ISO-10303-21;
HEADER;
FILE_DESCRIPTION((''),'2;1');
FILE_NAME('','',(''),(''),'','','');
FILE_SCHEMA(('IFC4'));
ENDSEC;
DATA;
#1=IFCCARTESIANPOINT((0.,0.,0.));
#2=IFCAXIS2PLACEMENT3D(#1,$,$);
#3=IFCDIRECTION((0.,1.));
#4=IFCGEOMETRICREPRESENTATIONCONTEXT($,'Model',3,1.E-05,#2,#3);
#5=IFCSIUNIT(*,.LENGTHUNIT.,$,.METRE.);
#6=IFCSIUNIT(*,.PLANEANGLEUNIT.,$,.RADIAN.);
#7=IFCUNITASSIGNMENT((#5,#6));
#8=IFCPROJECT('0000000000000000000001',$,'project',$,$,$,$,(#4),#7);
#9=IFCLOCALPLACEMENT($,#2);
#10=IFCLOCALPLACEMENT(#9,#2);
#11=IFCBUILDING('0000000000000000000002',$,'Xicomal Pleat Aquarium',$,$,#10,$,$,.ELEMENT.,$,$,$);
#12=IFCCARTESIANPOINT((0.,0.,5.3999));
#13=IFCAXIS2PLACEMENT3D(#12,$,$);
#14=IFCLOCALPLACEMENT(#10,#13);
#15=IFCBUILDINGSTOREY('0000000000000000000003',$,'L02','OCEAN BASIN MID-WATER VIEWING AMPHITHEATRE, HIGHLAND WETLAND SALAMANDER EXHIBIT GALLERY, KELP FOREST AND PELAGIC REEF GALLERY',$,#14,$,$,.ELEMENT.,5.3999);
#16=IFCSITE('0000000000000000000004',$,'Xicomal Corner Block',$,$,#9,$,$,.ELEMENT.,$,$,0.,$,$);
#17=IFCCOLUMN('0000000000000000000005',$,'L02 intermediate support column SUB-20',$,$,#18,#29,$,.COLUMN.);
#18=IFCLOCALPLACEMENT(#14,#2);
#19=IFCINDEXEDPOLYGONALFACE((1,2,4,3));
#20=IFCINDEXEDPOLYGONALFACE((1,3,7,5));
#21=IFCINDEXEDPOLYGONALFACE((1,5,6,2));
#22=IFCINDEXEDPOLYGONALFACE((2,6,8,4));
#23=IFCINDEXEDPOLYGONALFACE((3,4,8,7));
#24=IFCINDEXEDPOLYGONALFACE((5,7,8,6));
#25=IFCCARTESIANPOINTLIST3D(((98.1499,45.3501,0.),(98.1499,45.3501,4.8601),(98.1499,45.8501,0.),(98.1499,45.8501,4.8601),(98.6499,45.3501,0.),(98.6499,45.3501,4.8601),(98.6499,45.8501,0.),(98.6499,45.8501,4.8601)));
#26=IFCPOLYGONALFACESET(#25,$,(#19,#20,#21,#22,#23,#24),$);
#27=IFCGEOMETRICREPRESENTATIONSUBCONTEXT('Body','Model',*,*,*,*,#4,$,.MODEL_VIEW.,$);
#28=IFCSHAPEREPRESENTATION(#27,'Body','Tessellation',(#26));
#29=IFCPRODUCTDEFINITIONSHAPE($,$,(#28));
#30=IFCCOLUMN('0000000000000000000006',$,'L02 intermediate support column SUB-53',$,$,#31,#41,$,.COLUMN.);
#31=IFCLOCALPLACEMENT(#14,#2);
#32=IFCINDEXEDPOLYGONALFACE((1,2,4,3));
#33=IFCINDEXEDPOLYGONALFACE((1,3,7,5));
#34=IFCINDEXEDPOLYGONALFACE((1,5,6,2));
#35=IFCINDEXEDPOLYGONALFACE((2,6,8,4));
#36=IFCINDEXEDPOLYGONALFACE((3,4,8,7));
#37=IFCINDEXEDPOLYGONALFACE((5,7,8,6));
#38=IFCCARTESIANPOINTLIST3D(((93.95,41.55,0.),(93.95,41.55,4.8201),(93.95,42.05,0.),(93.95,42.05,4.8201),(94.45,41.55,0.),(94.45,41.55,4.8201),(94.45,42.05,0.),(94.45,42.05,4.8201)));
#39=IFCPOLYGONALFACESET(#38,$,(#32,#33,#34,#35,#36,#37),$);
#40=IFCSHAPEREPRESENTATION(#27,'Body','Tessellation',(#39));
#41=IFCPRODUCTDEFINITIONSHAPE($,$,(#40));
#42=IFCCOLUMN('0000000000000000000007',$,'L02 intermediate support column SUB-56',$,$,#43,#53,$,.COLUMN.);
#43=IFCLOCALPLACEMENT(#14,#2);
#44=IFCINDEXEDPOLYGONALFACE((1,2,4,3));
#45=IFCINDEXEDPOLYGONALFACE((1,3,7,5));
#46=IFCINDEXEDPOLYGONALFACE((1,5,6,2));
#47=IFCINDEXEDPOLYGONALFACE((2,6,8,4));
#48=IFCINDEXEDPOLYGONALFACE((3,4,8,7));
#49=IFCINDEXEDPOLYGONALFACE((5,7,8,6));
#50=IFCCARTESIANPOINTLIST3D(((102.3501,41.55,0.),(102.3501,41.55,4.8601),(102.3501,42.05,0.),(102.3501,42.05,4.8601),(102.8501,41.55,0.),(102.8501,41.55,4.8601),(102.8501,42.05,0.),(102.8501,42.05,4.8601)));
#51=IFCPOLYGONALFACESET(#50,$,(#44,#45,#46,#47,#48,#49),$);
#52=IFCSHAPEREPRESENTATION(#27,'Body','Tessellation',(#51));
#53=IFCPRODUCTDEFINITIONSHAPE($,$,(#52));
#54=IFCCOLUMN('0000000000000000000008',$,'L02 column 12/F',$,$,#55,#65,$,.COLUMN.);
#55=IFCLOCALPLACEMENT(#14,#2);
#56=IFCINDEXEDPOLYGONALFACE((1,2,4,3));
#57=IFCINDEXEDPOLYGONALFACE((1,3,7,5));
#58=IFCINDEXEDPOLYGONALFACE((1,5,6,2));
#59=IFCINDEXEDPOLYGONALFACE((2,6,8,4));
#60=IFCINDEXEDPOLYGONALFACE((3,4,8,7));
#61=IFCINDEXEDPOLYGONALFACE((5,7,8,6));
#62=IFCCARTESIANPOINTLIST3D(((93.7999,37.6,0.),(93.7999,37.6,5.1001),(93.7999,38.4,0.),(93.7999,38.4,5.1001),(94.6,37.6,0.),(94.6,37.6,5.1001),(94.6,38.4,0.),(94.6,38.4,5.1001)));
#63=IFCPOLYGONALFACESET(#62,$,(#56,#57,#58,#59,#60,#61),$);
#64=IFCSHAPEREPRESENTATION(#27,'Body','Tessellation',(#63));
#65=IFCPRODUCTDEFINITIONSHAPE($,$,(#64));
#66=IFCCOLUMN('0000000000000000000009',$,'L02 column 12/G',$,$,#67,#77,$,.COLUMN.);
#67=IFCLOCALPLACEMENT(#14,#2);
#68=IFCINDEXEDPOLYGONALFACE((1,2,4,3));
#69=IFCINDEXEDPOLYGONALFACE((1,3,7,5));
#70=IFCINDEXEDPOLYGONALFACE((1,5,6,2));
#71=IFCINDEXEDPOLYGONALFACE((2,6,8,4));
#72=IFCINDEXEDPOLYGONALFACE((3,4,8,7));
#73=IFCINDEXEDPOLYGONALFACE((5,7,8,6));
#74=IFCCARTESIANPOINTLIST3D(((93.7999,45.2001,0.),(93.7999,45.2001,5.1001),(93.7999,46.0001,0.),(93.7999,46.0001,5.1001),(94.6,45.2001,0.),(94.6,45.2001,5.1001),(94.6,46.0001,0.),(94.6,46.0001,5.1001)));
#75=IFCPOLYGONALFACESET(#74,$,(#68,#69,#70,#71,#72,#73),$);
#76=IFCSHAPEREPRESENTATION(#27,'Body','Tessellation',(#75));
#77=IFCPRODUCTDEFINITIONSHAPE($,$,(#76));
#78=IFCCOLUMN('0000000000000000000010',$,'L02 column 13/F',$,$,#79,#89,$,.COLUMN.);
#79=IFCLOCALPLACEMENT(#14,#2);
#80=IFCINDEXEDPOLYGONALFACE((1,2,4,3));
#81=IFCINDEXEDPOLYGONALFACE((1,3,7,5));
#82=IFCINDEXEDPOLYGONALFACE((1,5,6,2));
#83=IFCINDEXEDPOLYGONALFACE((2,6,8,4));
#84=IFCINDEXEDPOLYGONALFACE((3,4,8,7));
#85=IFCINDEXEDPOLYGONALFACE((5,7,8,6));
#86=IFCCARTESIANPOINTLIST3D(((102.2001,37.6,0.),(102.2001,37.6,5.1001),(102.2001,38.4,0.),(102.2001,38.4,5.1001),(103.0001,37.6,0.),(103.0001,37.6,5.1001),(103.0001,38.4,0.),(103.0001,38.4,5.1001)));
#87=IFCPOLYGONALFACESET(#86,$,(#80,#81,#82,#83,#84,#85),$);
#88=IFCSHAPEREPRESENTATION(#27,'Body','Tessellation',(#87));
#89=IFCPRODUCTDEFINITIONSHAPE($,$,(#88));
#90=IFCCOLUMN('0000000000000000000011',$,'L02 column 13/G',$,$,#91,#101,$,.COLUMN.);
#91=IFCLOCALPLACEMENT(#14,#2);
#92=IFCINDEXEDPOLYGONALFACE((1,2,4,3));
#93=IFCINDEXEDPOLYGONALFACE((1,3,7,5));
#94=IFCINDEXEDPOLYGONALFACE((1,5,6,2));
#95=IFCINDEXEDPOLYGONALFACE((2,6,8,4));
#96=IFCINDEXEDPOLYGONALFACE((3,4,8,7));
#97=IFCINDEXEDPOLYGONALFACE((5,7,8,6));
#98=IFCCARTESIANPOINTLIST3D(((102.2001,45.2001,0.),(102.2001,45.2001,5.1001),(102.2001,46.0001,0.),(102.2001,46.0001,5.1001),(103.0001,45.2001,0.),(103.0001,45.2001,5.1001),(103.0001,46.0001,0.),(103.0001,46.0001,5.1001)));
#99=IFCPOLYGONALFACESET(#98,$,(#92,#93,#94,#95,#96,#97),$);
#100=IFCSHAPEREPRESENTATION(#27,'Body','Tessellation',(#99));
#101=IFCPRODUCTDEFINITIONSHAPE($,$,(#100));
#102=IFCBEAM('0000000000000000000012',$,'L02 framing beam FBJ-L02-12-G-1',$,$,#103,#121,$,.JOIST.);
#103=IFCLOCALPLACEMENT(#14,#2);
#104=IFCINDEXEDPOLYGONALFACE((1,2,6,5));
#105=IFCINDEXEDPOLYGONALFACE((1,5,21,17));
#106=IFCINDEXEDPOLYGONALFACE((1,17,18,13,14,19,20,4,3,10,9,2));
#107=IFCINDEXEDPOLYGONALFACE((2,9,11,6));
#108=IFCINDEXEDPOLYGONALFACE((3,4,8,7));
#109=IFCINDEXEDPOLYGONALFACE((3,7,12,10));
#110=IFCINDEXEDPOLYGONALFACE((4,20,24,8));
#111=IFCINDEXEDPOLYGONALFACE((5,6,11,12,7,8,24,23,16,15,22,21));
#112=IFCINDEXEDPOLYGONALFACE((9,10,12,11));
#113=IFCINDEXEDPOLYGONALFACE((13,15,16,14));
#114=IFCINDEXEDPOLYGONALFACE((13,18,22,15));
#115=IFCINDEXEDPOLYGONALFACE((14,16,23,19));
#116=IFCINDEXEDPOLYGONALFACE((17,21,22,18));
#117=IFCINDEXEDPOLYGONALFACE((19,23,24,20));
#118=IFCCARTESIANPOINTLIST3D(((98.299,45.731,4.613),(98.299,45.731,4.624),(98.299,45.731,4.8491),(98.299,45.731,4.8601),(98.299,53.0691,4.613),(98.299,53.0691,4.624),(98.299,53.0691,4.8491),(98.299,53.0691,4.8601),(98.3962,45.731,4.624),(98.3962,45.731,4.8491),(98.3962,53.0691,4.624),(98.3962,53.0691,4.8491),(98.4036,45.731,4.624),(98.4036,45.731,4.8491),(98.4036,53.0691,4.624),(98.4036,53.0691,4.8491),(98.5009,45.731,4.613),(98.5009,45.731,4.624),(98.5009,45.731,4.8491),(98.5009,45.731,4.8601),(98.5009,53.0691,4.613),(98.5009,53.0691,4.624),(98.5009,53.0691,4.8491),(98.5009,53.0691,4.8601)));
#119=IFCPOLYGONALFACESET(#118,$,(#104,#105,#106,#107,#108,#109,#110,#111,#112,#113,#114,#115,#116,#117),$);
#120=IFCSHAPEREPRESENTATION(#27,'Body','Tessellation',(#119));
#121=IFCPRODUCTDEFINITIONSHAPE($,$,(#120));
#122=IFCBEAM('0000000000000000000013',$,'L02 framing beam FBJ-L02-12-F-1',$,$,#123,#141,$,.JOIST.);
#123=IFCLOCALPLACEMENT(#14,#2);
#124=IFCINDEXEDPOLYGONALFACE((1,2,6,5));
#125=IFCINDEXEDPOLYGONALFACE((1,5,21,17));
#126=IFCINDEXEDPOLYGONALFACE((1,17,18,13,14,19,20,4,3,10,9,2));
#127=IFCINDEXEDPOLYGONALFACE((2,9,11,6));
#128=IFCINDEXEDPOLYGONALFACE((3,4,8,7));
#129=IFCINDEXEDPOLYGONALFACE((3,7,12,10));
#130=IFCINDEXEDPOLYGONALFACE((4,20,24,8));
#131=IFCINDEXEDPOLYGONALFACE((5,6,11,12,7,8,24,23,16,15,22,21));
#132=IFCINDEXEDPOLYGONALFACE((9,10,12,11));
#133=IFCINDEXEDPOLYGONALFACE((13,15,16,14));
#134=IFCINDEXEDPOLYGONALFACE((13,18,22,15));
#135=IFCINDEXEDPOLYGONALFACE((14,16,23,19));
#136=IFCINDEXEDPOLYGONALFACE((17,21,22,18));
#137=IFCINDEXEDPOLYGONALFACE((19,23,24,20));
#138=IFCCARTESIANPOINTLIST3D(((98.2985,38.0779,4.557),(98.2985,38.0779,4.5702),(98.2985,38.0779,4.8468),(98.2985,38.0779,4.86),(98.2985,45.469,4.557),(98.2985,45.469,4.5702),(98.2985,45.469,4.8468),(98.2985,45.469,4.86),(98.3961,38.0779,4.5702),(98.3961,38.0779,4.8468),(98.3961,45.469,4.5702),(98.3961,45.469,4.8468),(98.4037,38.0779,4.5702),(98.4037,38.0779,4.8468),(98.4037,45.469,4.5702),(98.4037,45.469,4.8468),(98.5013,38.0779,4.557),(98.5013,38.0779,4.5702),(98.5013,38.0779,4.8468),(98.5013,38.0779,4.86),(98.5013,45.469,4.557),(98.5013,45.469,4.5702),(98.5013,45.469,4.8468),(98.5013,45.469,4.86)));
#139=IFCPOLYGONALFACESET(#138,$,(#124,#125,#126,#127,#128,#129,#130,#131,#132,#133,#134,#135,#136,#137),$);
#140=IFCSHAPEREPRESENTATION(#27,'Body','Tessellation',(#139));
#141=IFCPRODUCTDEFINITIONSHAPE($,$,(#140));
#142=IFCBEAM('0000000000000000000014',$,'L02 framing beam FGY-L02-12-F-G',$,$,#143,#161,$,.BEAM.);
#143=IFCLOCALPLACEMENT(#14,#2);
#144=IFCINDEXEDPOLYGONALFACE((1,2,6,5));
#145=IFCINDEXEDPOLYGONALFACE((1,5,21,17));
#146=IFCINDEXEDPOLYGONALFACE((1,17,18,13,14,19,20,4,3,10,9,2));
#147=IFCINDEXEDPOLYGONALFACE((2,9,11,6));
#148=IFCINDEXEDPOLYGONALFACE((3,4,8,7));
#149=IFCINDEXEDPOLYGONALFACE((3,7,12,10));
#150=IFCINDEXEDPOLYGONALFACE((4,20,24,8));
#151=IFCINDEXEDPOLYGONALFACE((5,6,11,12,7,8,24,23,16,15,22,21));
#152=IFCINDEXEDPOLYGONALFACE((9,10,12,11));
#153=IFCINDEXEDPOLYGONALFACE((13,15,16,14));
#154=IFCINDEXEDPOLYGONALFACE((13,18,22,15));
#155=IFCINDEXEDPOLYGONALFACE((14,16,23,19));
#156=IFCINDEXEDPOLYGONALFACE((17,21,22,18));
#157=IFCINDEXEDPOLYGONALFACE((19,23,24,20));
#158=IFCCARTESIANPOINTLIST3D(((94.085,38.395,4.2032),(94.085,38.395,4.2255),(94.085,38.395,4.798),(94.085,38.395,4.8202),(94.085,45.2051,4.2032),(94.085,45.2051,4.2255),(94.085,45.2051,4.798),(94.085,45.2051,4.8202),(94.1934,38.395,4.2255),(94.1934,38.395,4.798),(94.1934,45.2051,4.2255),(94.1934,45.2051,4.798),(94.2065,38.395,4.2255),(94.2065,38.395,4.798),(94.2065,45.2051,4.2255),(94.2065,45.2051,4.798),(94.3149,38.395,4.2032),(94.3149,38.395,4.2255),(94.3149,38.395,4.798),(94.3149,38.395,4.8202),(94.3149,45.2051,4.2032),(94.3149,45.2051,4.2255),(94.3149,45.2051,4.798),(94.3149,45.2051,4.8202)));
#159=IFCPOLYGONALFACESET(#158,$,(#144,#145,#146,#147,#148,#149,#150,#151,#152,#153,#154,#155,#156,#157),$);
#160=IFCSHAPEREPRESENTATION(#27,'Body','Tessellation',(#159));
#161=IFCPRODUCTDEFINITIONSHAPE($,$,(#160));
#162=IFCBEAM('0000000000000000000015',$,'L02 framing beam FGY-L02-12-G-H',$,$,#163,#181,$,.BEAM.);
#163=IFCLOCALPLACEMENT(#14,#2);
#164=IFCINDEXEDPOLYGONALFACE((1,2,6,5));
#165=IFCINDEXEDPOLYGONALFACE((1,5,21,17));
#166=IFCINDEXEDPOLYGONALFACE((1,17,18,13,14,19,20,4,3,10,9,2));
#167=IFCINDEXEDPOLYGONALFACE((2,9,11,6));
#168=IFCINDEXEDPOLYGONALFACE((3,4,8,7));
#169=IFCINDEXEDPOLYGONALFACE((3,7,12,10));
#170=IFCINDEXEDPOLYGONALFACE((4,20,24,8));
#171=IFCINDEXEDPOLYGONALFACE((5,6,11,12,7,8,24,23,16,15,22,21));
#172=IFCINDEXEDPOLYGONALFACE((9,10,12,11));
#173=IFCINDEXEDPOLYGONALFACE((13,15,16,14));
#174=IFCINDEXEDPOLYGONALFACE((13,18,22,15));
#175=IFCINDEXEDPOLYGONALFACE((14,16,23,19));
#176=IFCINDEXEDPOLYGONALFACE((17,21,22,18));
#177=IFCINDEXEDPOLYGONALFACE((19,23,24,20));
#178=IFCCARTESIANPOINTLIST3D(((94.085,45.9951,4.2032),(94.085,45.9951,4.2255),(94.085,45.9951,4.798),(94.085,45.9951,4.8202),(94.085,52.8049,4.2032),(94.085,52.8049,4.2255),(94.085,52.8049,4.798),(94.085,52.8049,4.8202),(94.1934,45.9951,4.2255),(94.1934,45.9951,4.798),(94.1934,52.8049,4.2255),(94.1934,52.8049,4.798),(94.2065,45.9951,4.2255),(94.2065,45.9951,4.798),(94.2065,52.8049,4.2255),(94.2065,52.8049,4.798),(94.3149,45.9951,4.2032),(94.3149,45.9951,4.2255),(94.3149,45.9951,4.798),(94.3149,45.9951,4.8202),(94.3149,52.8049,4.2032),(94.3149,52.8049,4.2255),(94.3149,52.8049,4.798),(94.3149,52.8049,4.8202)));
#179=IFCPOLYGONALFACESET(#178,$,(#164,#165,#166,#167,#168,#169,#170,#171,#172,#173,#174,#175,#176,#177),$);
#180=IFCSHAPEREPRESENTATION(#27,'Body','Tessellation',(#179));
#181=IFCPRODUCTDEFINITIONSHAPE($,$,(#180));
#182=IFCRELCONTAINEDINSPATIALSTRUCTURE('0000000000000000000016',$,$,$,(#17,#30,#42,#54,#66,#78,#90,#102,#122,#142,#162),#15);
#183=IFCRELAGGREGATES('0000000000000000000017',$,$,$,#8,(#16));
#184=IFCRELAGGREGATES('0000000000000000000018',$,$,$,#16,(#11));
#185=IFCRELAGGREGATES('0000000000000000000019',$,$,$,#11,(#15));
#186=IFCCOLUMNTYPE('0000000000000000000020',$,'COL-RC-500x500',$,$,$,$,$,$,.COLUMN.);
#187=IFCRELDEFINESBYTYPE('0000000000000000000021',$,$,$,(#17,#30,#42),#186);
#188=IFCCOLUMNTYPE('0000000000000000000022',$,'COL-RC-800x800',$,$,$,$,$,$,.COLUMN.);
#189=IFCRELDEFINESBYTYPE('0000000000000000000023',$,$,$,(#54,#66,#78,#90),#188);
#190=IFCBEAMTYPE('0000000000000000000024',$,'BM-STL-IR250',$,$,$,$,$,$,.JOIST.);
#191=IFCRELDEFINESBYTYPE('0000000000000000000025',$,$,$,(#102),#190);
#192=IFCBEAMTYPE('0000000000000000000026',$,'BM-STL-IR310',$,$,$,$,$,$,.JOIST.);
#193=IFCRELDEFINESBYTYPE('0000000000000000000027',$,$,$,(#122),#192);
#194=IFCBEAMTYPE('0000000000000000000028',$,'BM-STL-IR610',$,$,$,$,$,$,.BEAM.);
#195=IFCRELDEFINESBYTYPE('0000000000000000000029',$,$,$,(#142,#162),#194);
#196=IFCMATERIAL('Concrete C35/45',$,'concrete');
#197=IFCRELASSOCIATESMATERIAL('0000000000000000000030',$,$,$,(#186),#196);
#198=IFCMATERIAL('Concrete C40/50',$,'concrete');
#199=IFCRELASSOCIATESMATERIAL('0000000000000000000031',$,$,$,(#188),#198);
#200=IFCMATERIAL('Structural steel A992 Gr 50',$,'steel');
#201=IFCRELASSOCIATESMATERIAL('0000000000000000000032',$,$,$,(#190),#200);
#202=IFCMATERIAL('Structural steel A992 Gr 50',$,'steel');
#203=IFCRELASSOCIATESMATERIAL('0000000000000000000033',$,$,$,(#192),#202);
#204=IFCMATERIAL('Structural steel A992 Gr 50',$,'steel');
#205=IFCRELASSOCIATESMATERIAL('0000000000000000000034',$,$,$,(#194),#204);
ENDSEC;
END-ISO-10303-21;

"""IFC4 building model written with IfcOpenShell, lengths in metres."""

from ifc_helpers import new_model, si_unit, direction, frame, origin, origin_2d, place, context, subcontext, project, spatial, rectangle, i_section, extrude, material, material_profile, profile_set, type_object, element, save


model = new_model("IFC4")

# Units and contexts
model_context = context("Model", 3, precision=1e-05, world=origin(), true_north=direction((0.0, 1.0)))
body_context = subcontext(model_context, "Body", "Model", "MODEL_VIEW")
ifc_project = project(units=[si_unit("LENGTHUNIT", "METRE"), si_unit("PLANEANGLEUNIT", "RADIAN")], contexts=[model_context])

# Site, building, storey
site_placement = place(None, origin())
site = spatial("IfcSite", under=ifc_project, at=site_placement, Name="Xicomal Corner Block", CompositionType="ELEMENT", RefElevation=0.0)
building_placement = place(site_placement, origin())
building = spatial("IfcBuilding", under=site, at=building_placement, Name="Xicomal Pleat Aquarium", CompositionType="ELEMENT")
storey_placement = place(building_placement, frame((0.0, 0.0, 5.3999)))
storey = spatial("IfcBuildingStorey", under=building, at=storey_placement, Name="L02", Description="OCEAN BASIN MID-WATER VIEWING AMPHITHEATRE, HIGHLAND WETLAND SALAMANDER EXHIBIT GALLERY, KELP FOREST AND PELAGIC REEF GALLERY", CompositionType="ELEMENT", Elevation=5.3999)

# Columns
ifc_material_1 = material(Name="Concrete C35/45", Category="concrete")
ifc_material_profile_1 = material_profile(ifc_material_1, rectangle(XDim=0.5, YDim=0.5, at=origin_2d()), Name="RC 500x500")
ifc_profile_set_1 = profile_set([ifc_material_profile_1], Name="Concrete C35/45")
column_type_1 = type_object("IfcColumnType", Name="COL-RC-500x500", PredefinedType="COLUMN", material=ifc_profile_set_1)
column_1_placement = place(storey_placement, frame((98.3999, 45.6001, 0.0), z_axis=(0.0, 0.0, 1.0), x_axis=(1.0, 0.0, 0.0)))
element("IfcColumn", 1, at=column_1_placement, inside=storey, type_object=column_type_1, Name="L02 intermediate support column SUB-20", PredefinedType="COLUMN", context=body_context, shape_type="SweptSolid", body=[
    extrude(rectangle(XDim=0.5, YDim=0.5, at=origin_2d()), origin(), (0.0, 0.0, 1.0), 4.8601),
])
column_2_placement = place(storey_placement, frame((94.2, 41.8, 0.0), z_axis=(0.0, 0.0, 1.0), x_axis=(1.0, 0.0, 0.0)))
element("IfcColumn", 2, at=column_2_placement, inside=storey, type_object=column_type_1, Name="L02 intermediate support column SUB-53", PredefinedType="COLUMN", context=body_context, shape_type="SweptSolid", body=[
    extrude(rectangle(XDim=0.5, YDim=0.5, at=origin_2d()), origin(), (0.0, 0.0, 1.0), 4.8201),
])
column_3_placement = place(storey_placement, frame((102.6001, 41.8, 0.0), z_axis=(0.0, 0.0, 1.0), x_axis=(1.0, 0.0, 0.0)))
element("IfcColumn", 3, at=column_3_placement, inside=storey, type_object=column_type_1, Name="L02 intermediate support column SUB-56", PredefinedType="COLUMN", context=body_context, shape_type="SweptSolid", body=[
    extrude(rectangle(XDim=0.5, YDim=0.5, at=origin_2d()), origin(), (0.0, 0.0, 1.0), 4.8601),
])
ifc_material_2 = material(Name="Concrete C40/50", Category="concrete")
ifc_material_profile_2 = material_profile(ifc_material_2, rectangle(XDim=0.8, YDim=0.8, at=origin_2d()), Name="RC 800x800")
ifc_profile_set_2 = profile_set([ifc_material_profile_2], Name="Concrete C40/50")
column_type_2 = type_object("IfcColumnType", Name="COL-RC-800x800", PredefinedType="COLUMN", material=ifc_profile_set_2)
for number, where, z_axis, x_axis, name in (
    (4, (94.2, 38.0, 0.0), (0.0, 0.0, 1.0), (1.0, 0.0, 0.0), "L02 column 12/F"),
    (5, (94.2, 45.6001, 0.0), (0.0, 0.0, 1.0), (1.0, 0.0, 0.0), "L02 column 12/G"),
    (6, (102.6001, 38.0, 0.0), (0.0, 0.0, 1.0), (1.0, 0.0, 0.0), "L02 column 13/F"),
    (7, (102.6001, 45.6001, 0.0), (0.0, 0.0, 1.0), (1.0, 0.0, 0.0), "L02 column 13/G"),
):
    element("IfcColumn", number, at=place(storey_placement, frame(where, z_axis=z_axis, x_axis=x_axis)), inside=storey, type_object=column_type_2, Name=name, PredefinedType="COLUMN", context=body_context, shape_type="SweptSolid", body=[
        extrude(rectangle(XDim=0.8, YDim=0.8, at=origin_2d()), origin(), (0.0, 0.0, 1.0), 5.1001),
    ])

# Beams
ifc_material_3 = material(Name="Structural steel A992 Gr 50", Category="steel")
ifc_material_profile_3 = material_profile(ifc_material_3, i_section(OverallWidth=0.2019, OverallDepth=0.2471, WebThickness=0.0073, FlangeThickness=0.011, at=origin_2d()), Name="IR 250x49")
ifc_profile_set_3 = profile_set([ifc_material_profile_3], Name="Structural steel A992 Gr 50")
beam_type_1 = type_object("IfcBeamType", Name="BM-STL-IR250", PredefinedType="JOIST", material=ifc_profile_set_3)
beam_1_placement = place(storey_placement, frame((98.3999, 45.731, 4.7366), z_axis=(0.0, 1.0, 0.0), x_axis=(-1.0, 0.0, 0.0)))
element("IfcBeam", 8, at=beam_1_placement, inside=storey, type_object=beam_type_1, Name="L02 framing beam FBJ-L02-12-G-1", PredefinedType="JOIST", context=body_context, shape_type="SweptSolid", body=[
    extrude(i_section(OverallWidth=0.2019, OverallDepth=0.2471, WebThickness=0.0073, FlangeThickness=0.011, at=origin_2d()), origin(), (0.0, 0.0, 1.0), 7.3381),
])
ifc_material_4 = material(Name="Structural steel A992 Gr 50", Category="steel")
ifc_material_profile_4 = material_profile(ifc_material_4, i_section(OverallWidth=0.2029, OverallDepth=0.303, WebThickness=0.0076, FlangeThickness=0.0132, at=origin_2d()), Name="IR 310x60")
ifc_profile_set_4 = profile_set([ifc_material_profile_4], Name="Structural steel A992 Gr 50")
beam_type_2 = type_object("IfcBeamType", Name="BM-STL-IR310", PredefinedType="JOIST", material=ifc_profile_set_4)
beam_2_placement = place(storey_placement, frame((98.3999, 38.0779, 4.7085), z_axis=(0.0, 1.0, 0.0), x_axis=(-1.0, 0.0, 0.0)))
element("IfcBeam", 9, at=beam_2_placement, inside=storey, type_object=beam_type_2, Name="L02 framing beam FBJ-L02-12-F-1", PredefinedType="JOIST", context=body_context, shape_type="SweptSolid", body=[
    extrude(i_section(OverallWidth=0.2029, OverallDepth=0.303, WebThickness=0.0076, FlangeThickness=0.0132, at=origin_2d()), origin(), (0.0, 0.0, 1.0), 7.3911),
])
ifc_material_5 = material(Name="Structural steel A992 Gr 50", Category="steel")
ifc_material_profile_5 = material_profile(ifc_material_5, i_section(OverallWidth=0.23, OverallDepth=0.6169, WebThickness=0.0132, FlangeThickness=0.0222, at=origin_2d()), Name="IR 610x140")
ifc_profile_set_5 = profile_set([ifc_material_profile_5], Name="Structural steel A992 Gr 50")
beam_type_3 = type_object("IfcBeamType", Name="BM-STL-IR610", PredefinedType="BEAM", material=ifc_profile_set_5)
beam_3_placement = place(storey_placement, frame((94.2, 38.395, 4.5117), z_axis=(0.0, 1.0, 0.0), x_axis=(-1.0, 0.0, 0.0)))
element("IfcBeam", 10, at=beam_3_placement, inside=storey, type_object=beam_type_3, Name="L02 framing beam FGY-L02-12-F-G", PredefinedType="BEAM", context=body_context, shape_type="SweptSolid", body=[
    extrude(i_section(OverallWidth=0.23, OverallDepth=0.6169, WebThickness=0.0132, FlangeThickness=0.0222, at=origin_2d()), origin(), (0.0, 0.0, 1.0), 6.8101),
])
beam_4_placement = place(storey_placement, frame((94.2, 45.9951, 4.5117), z_axis=(0.0, 1.0, 0.0), x_axis=(-1.0, 0.0, 0.0)))
element("IfcBeam", 11, at=beam_4_placement, inside=storey, type_object=beam_type_3, Name="L02 framing beam FGY-L02-12-G-H", PredefinedType="BEAM", context=body_context, shape_type="SweptSolid", body=[
    extrude(i_section(OverallWidth=0.23, OverallDepth=0.6169, WebThickness=0.0132, FlangeThickness=0.0222, at=origin_2d()), origin(), (0.0, 0.0, 1.0), 6.8098),
])

save(model, "model.ifc")
